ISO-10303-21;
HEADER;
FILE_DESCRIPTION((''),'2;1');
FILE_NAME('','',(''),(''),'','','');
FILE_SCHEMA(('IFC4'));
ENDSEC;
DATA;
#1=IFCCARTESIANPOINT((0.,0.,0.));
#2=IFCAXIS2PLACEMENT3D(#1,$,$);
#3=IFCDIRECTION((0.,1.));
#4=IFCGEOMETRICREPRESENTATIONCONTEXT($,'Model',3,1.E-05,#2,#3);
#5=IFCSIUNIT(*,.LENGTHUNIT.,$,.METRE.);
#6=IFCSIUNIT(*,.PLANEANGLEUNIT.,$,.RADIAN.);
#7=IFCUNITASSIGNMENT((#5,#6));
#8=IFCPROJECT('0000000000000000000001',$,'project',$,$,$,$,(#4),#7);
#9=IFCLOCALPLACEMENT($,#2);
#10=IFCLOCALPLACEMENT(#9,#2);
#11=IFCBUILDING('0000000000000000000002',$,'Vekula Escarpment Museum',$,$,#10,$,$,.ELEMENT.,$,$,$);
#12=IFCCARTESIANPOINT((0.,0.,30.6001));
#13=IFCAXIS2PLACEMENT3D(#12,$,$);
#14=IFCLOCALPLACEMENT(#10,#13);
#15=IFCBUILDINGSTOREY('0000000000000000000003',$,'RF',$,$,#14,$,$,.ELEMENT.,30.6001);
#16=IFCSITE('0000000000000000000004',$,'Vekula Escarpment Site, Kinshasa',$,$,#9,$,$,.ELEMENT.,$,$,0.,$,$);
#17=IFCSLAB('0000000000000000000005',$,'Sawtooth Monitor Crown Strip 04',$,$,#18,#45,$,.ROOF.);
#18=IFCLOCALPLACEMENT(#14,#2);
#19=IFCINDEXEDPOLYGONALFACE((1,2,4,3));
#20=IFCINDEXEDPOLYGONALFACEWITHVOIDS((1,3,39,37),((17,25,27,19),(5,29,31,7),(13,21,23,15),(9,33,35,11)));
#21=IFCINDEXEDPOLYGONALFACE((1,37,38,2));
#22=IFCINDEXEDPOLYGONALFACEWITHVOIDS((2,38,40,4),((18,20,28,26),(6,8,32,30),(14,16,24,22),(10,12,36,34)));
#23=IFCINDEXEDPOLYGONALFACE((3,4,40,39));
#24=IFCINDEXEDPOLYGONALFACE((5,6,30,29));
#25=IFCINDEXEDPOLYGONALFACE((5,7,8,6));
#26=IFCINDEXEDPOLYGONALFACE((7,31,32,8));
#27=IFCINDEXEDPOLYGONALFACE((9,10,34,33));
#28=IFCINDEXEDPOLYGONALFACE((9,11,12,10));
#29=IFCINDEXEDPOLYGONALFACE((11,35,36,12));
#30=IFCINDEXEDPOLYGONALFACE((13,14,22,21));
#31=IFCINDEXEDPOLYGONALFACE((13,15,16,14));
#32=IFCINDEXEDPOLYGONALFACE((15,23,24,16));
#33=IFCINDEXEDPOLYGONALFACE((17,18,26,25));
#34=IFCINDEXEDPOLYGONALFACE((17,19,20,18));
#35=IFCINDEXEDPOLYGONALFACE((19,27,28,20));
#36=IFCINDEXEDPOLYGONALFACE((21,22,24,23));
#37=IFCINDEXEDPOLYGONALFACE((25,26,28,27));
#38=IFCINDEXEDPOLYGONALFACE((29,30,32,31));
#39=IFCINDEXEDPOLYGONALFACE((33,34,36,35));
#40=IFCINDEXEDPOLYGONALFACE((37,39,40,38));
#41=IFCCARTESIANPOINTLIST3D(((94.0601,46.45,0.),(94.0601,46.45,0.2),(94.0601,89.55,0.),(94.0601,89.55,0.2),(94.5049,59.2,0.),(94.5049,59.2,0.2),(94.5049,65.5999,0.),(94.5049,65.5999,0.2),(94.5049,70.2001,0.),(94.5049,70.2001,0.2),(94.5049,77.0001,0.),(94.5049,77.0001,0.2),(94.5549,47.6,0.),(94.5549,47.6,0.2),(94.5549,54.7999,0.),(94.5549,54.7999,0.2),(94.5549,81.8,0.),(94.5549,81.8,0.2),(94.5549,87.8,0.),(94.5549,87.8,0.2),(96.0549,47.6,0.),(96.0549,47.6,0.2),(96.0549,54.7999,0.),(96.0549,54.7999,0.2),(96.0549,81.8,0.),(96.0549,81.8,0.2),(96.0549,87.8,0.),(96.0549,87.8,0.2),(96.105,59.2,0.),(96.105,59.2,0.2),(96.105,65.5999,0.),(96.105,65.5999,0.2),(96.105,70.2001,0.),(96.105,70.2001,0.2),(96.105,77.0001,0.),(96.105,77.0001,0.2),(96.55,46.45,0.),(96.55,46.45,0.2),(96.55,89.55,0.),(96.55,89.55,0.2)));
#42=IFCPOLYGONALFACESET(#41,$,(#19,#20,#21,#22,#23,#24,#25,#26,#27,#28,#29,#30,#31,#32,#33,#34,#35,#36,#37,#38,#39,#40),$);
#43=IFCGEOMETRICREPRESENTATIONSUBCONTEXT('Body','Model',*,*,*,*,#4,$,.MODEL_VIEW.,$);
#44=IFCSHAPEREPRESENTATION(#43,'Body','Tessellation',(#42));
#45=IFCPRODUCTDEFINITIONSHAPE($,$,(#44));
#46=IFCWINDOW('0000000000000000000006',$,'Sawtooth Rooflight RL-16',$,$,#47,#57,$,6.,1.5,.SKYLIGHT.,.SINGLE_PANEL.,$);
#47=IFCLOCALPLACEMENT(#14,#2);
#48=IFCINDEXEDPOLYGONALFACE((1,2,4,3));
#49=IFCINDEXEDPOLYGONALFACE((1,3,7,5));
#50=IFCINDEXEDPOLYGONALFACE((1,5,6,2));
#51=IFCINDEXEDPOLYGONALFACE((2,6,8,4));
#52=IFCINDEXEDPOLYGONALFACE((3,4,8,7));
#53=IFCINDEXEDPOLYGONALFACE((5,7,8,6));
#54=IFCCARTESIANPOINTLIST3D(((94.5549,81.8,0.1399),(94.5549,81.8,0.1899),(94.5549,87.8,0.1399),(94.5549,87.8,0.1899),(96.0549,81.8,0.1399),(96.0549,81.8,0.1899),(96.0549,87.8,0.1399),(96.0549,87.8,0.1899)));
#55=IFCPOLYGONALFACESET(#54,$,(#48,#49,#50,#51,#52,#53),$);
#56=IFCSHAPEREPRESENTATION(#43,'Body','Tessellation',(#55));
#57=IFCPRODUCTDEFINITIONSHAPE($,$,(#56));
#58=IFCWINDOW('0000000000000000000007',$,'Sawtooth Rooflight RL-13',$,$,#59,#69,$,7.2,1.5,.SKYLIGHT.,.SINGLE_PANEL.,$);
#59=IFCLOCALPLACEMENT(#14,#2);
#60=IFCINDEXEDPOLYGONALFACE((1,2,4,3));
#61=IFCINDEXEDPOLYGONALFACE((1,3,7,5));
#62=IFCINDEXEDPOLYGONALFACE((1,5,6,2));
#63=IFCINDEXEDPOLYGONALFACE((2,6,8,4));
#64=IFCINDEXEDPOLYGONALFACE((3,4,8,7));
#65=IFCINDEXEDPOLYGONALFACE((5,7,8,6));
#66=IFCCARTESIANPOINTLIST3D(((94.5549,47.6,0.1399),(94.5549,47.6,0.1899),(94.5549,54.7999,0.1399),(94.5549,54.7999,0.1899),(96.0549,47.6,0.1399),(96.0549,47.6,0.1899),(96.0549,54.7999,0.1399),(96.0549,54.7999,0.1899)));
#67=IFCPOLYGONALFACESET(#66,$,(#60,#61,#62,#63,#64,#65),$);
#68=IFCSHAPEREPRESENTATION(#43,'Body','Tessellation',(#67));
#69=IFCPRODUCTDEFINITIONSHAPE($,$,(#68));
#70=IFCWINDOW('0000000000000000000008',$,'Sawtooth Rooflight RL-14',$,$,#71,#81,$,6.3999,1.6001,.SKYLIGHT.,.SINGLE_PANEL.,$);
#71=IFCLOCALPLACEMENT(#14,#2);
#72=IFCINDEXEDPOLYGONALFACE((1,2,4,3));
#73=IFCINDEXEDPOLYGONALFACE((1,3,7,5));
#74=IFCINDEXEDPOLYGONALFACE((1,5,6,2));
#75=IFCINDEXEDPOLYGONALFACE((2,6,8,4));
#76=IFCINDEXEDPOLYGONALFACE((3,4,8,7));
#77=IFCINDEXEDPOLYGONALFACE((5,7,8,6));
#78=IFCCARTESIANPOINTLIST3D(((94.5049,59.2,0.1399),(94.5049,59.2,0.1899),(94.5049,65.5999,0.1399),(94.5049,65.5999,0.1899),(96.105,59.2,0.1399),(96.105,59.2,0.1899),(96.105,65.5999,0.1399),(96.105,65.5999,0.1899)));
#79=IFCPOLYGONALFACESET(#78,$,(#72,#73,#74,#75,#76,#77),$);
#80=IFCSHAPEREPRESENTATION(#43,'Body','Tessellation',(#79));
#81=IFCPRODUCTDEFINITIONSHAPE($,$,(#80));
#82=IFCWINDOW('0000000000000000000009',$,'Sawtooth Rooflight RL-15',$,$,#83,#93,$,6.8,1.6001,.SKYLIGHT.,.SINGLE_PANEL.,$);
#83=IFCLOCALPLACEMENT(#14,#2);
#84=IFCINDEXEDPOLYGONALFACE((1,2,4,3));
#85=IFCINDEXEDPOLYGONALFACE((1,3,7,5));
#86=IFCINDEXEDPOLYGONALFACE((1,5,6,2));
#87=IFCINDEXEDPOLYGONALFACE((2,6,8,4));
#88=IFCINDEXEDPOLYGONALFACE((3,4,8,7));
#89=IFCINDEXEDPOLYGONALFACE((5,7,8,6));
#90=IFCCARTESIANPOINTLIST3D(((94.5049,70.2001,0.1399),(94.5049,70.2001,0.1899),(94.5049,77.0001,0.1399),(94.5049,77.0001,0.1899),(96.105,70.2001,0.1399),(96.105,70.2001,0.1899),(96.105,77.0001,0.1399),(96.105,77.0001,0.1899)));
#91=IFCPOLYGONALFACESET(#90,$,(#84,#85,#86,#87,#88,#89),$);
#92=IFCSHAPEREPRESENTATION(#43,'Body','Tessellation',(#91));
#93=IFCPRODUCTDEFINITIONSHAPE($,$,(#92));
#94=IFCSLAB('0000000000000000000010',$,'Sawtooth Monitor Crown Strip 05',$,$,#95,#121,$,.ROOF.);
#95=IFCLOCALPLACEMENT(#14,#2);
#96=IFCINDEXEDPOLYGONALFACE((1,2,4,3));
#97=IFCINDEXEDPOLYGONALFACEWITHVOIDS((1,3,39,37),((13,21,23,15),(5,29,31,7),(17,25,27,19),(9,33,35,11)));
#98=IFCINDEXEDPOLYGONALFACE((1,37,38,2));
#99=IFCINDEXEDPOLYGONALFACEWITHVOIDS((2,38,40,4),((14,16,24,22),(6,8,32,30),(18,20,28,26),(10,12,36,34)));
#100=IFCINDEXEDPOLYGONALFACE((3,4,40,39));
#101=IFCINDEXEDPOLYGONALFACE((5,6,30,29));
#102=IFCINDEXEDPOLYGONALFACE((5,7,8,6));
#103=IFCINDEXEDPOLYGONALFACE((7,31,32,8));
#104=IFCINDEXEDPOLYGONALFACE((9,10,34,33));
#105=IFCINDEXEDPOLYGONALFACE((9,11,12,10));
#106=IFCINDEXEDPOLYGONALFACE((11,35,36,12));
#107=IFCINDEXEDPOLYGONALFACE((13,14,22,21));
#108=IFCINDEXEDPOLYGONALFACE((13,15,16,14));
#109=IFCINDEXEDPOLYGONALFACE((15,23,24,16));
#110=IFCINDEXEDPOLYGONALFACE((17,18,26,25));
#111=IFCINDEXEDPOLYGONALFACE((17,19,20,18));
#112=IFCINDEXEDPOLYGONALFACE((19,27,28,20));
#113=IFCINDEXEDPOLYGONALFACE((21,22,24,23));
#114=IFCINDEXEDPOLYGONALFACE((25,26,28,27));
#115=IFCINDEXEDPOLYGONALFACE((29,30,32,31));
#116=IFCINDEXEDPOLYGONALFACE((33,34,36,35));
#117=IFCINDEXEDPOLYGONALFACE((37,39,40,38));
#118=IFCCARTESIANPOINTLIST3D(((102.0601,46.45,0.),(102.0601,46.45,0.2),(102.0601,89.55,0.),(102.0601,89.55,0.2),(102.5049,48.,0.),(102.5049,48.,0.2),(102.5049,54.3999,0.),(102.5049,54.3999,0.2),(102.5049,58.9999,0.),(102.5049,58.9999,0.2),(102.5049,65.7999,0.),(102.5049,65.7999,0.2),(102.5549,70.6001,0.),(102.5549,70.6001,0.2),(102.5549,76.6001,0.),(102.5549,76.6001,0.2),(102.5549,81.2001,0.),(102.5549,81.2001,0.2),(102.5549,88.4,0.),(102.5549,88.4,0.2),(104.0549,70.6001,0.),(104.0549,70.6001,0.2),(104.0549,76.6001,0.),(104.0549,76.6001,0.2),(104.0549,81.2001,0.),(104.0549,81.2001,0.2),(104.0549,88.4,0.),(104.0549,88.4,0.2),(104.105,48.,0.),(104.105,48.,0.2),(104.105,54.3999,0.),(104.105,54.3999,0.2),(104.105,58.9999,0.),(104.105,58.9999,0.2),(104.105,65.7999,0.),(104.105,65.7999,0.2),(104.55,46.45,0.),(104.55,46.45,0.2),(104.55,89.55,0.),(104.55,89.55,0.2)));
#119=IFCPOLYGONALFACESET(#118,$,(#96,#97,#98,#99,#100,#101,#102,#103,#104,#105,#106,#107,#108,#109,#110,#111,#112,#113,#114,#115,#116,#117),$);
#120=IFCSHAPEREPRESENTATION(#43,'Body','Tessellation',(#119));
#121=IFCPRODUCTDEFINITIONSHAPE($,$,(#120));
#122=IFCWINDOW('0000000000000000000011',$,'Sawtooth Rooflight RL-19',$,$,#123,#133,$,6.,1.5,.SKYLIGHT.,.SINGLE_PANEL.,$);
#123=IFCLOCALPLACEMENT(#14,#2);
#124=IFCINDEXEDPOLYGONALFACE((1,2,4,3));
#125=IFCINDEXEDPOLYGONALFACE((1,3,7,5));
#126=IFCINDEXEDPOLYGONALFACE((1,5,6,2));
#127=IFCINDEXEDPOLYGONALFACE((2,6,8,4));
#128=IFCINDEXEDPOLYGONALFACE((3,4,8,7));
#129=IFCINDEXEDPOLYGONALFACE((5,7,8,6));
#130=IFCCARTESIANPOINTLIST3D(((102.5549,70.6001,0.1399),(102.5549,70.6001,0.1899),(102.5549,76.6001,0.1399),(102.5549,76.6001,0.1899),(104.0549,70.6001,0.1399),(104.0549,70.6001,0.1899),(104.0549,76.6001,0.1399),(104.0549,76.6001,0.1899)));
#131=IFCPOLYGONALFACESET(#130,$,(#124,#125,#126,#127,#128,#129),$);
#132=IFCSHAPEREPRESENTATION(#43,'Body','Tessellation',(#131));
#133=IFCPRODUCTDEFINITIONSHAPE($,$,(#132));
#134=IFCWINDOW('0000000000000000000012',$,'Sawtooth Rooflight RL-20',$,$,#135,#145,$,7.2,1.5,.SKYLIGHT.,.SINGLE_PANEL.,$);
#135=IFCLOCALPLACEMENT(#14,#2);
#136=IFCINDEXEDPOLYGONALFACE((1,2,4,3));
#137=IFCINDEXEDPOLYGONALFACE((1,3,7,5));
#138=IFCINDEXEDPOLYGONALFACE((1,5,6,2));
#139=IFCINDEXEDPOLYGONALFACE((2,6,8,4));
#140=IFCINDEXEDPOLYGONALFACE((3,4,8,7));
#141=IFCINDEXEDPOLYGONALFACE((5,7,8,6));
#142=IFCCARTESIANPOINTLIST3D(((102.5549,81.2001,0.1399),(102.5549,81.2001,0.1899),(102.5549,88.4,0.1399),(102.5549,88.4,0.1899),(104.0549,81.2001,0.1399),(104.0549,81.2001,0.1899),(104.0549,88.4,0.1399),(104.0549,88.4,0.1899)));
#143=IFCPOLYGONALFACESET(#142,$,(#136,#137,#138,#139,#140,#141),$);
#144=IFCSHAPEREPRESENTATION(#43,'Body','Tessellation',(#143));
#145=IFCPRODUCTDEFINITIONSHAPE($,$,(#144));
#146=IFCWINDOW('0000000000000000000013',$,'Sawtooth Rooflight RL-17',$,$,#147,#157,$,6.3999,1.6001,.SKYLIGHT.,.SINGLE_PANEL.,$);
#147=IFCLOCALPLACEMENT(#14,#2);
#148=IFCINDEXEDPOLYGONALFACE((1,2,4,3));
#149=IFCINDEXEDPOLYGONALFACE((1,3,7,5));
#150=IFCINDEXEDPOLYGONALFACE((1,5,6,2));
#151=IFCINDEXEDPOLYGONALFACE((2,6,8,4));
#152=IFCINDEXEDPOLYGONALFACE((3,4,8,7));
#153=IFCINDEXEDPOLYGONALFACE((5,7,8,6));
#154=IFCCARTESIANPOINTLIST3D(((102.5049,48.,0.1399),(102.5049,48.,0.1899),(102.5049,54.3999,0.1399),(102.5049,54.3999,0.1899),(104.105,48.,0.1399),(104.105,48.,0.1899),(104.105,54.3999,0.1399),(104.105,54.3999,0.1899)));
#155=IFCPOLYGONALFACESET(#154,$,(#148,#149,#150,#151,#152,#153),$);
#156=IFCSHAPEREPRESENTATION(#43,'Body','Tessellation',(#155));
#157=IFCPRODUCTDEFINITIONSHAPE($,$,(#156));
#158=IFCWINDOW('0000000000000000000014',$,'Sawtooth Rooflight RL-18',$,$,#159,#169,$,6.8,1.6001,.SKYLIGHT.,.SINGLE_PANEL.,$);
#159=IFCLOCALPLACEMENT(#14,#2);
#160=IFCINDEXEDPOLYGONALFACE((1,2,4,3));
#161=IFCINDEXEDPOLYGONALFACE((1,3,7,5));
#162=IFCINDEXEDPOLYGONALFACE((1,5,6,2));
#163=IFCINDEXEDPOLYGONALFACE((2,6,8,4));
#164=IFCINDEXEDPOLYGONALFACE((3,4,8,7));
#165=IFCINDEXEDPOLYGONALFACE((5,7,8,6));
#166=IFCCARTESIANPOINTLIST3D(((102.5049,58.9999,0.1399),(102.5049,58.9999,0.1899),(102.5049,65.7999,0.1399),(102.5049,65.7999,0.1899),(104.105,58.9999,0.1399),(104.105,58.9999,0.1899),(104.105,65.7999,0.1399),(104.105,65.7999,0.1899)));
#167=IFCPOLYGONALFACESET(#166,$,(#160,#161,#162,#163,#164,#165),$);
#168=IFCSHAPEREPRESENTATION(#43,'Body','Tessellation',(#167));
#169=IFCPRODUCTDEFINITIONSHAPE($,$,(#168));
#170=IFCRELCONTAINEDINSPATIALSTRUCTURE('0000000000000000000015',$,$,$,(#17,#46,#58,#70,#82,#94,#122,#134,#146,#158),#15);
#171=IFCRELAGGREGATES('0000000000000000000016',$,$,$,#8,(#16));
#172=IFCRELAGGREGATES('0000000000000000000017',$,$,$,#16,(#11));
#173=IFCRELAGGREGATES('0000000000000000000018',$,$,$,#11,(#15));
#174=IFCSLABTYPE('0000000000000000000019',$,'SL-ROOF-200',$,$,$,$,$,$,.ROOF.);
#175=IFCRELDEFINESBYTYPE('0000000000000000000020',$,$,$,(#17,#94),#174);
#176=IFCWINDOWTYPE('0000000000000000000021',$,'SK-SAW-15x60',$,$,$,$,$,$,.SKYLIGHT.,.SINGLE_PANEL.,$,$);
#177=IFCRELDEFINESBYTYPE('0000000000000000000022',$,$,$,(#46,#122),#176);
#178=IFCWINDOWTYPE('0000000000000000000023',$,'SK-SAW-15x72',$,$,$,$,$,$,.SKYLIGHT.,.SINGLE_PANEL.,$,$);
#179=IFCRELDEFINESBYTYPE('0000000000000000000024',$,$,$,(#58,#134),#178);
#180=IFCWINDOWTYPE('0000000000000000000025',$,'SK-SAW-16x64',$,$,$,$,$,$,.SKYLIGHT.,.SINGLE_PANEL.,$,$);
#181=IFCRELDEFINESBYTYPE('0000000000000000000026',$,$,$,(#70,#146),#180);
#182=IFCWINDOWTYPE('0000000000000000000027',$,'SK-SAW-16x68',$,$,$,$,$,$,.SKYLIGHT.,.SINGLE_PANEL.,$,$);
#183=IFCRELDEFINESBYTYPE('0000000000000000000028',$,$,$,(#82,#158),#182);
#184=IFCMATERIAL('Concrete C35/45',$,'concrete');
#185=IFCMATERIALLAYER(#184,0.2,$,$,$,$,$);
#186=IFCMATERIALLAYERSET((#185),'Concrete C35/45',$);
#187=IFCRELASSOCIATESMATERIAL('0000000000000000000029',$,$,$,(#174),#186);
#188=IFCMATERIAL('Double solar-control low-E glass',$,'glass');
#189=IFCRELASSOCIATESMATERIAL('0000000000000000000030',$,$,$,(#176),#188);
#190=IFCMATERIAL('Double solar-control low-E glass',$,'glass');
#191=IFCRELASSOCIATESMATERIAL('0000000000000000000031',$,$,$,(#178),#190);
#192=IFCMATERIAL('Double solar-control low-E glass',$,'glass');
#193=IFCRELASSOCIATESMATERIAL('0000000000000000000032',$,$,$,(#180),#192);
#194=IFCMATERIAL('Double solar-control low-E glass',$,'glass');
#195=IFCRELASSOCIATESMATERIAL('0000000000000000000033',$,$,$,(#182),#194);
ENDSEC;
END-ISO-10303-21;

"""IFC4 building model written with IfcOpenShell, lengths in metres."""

from ifc_helpers import new_model, si_unit, direction, frame, origin, origin_2d, place, context, subcontext, project, spatial, polyline, rectangle, outline, extrude, material, layer, layer_set, type_object, element, fill, save


model = new_model("IFC4")

# Units and contexts
model_context = context("Model", 3, precision=1e-05, world=origin(), true_north=direction((0.0, 1.0)))
body_context = subcontext(model_context, "Body", "Model", "MODEL_VIEW")
ifc_project = project(units=[si_unit("LENGTHUNIT", "METRE"), si_unit("PLANEANGLEUNIT", "RADIAN")], contexts=[model_context])

# Site, building, storey
site_placement = place(None, origin())
site = spatial("IfcSite", under=ifc_project, at=site_placement, Name="Vekula Escarpment Site, Kinshasa", CompositionType="ELEMENT", RefElevation=0.0)
building_placement = place(site_placement, origin())
building = spatial("IfcBuilding", under=site, at=building_placement, Name="Vekula Escarpment Museum", CompositionType="ELEMENT")
storey_placement = place(building_placement, frame((0.0, 0.0, 30.6001)))
storey = spatial("IfcBuildingStorey", under=building, at=storey_placement, Name="RF", CompositionType="ELEMENT", Elevation=30.6001)

# Slabs, openings, windows
ifc_material_1 = material(Name="Concrete C35/45", Category="concrete")
ifc_layer = layer(ifc_material_1, 0.2)
ifc_layer_set = layer_set([ifc_layer], Name="Concrete C35/45")
slab_type = type_object("IfcSlabType", Name="SL-ROOF-200", PredefinedType="ROOF", material=ifc_layer_set)
slab_1_placement = place(storey_placement, origin())
slab_1 = element("IfcSlab", 1, at=slab_1_placement, inside=storey, type_object=slab_type, Name="Sawtooth Monitor Crown Strip 04", PredefinedType="ROOF", context=body_context, shape_type="SweptSolid", body=[
    extrude(outline(polyline([(94.0601, 46.45), (96.55, 46.45), (96.55, 89.55), (94.0601, 89.55), (94.0601, 46.45)])), origin(), (0.0, 0.0, 1.0), 0.2),
])
opening_1_placement = place(slab_1_placement, frame((95.3049, 51.2, -0.01)))
opening_1 = element("IfcOpeningElement", 2, at=opening_1_placement, cuts=slab_1, PredefinedType="OPENING", context=body_context, shape_type="SweptSolid", body=[
    extrude(rectangle(XDim=1.5, YDim=7.2, at=origin_2d()), origin(), (0.0, 0.0, 1.0), 0.22),
])
opening_2_placement = place(slab_1_placement, frame((95.3049, 62.3999, -0.01)))
opening_2 = element("IfcOpeningElement", 3, at=opening_2_placement, cuts=slab_1, PredefinedType="OPENING", context=body_context, shape_type="SweptSolid", body=[
    extrude(rectangle(XDim=1.6001, YDim=6.3999, at=origin_2d()), origin(), (0.0, 0.0, 1.0), 0.22),
])
opening_3_placement = place(slab_1_placement, frame((95.3049, 73.6001, -0.01)))
opening_3 = element("IfcOpeningElement", 4, at=opening_3_placement, cuts=slab_1, PredefinedType="OPENING", context=body_context, shape_type="SweptSolid", body=[
    extrude(rectangle(XDim=1.6001, YDim=6.8, at=origin_2d()), origin(), (0.0, 0.0, 1.0), 0.22),
])
opening_4_placement = place(slab_1_placement, frame((95.3049, 84.8, -0.01)))
opening_4 = element("IfcOpeningElement", 5, at=opening_4_placement, cuts=slab_1, PredefinedType="OPENING", context=body_context, shape_type="SweptSolid", body=[
    extrude(rectangle(XDim=1.5, YDim=6.0, at=origin_2d()), origin(), (0.0, 0.0, 1.0), 0.22),
])
ifc_material_2 = material(Name="Double solar-control low-E glass", Category="glass")
window_type_1 = type_object("IfcWindowType", Name="SK-SAW-15x60", PartitioningType="SINGLE_PANEL", PredefinedType="SKYLIGHT", material=ifc_material_2)
window_1_placement = place(opening_4_placement, frame((0.0, 0.0, 0.1499)))
window_1 = element("IfcWindow", 6, at=window_1_placement, inside=storey, type_object=window_type_1, Name="Sawtooth Rooflight RL-16", OverallHeight=6.0, OverallWidth=1.5, PartitioningType="SINGLE_PANEL", PredefinedType="SKYLIGHT", context=body_context, shape_type="SweptSolid", body=[
    extrude(rectangle(XDim=1.5, YDim=6.0, at=origin_2d()), origin(), (0.0, 0.0, 1.0), 0.05),
])
fill(opening_4, window_1)
ifc_material_3 = material(Name="Double solar-control low-E glass", Category="glass")
window_type_2 = type_object("IfcWindowType", Name="SK-SAW-15x72", PartitioningType="SINGLE_PANEL", PredefinedType="SKYLIGHT", material=ifc_material_3)
window_2_placement = place(opening_1_placement, frame((0.0, 0.0, 0.1499)))
window_2 = element("IfcWindow", 7, at=window_2_placement, inside=storey, type_object=window_type_2, Name="Sawtooth Rooflight RL-13", OverallHeight=7.2, OverallWidth=1.5, PartitioningType="SINGLE_PANEL", PredefinedType="SKYLIGHT", context=body_context, shape_type="SweptSolid", body=[
    extrude(rectangle(XDim=1.5, YDim=7.2, at=origin_2d()), origin(), (0.0, 0.0, 1.0), 0.05),
])
fill(opening_1, window_2)
ifc_material_4 = material(Name="Double solar-control low-E glass", Category="glass")
window_type_3 = type_object("IfcWindowType", Name="SK-SAW-16x64", PartitioningType="SINGLE_PANEL", PredefinedType="SKYLIGHT", material=ifc_material_4)
window_3_placement = place(opening_2_placement, frame((0.0, 0.0, 0.1499)))
window_3 = element("IfcWindow", 8, at=window_3_placement, inside=storey, type_object=window_type_3, Name="Sawtooth Rooflight RL-14", OverallHeight=6.3999, OverallWidth=1.6001, PartitioningType="SINGLE_PANEL", PredefinedType="SKYLIGHT", context=body_context, shape_type="SweptSolid", body=[
    extrude(rectangle(XDim=1.6001, YDim=6.3999, at=origin_2d()), origin(), (0.0, 0.0, 1.0), 0.05),
])
fill(opening_2, window_3)
ifc_material_5 = material(Name="Double solar-control low-E glass", Category="glass")
window_type_4 = type_object("IfcWindowType", Name="SK-SAW-16x68", PartitioningType="SINGLE_PANEL", PredefinedType="SKYLIGHT", material=ifc_material_5)
window_4_placement = place(opening_3_placement, frame((0.0, 0.0, 0.1499)))
window_4 = element("IfcWindow", 9, at=window_4_placement, inside=storey, type_object=window_type_4, Name="Sawtooth Rooflight RL-15", OverallHeight=6.8, OverallWidth=1.6001, PartitioningType="SINGLE_PANEL", PredefinedType="SKYLIGHT", context=body_context, shape_type="SweptSolid", body=[
    extrude(rectangle(XDim=1.6001, YDim=6.8, at=origin_2d()), origin(), (0.0, 0.0, 1.0), 0.05),
])
fill(opening_3, window_4)
slab_2_placement = place(storey_placement, origin())
slab_2 = element("IfcSlab", 10, at=slab_2_placement, inside=storey, type_object=slab_type, Name="Sawtooth Monitor Crown Strip 05", PredefinedType="ROOF", context=body_context, shape_type="SweptSolid", body=[
    extrude(outline(polyline([(102.0601, 46.45), (104.55, 46.45), (104.55, 89.55), (102.0601, 89.55), (102.0601, 46.45)])), origin(), (0.0, 0.0, 1.0), 0.2),
])
opening_5_placement = place(slab_2_placement, frame((103.3049, 51.2, -0.01)))
opening_5 = element("IfcOpeningElement", 11, at=opening_5_placement, cuts=slab_2, PredefinedType="OPENING", context=body_context, shape_type="SweptSolid", body=[
    extrude(rectangle(XDim=1.6001, YDim=6.3999, at=origin_2d()), origin(), (0.0, 0.0, 1.0), 0.22),
])
opening_6_placement = place(slab_2_placement, frame((103.3049, 62.3999, -0.01)))
opening_6 = element("IfcOpeningElement", 12, at=opening_6_placement, cuts=slab_2, PredefinedType="OPENING", context=body_context, shape_type="SweptSolid", body=[
    extrude(rectangle(XDim=1.6001, YDim=6.8, at=origin_2d()), origin(), (0.0, 0.0, 1.0), 0.22),
])
opening_7_placement = place(slab_2_placement, frame((103.3049, 73.6001, -0.01)))
opening_7 = element("IfcOpeningElement", 13, at=opening_7_placement, cuts=slab_2, PredefinedType="OPENING", context=body_context, shape_type="SweptSolid", body=[
    extrude(rectangle(XDim=1.5, YDim=6.0, at=origin_2d()), origin(), (0.0, 0.0, 1.0), 0.22),
])
opening_8_placement = place(slab_2_placement, frame((103.3049, 84.8, -0.01)))
opening_8 = element("IfcOpeningElement", 14, at=opening_8_placement, cuts=slab_2, PredefinedType="OPENING", context=body_context, shape_type="SweptSolid", body=[
    extrude(rectangle(XDim=1.5, YDim=7.2, at=origin_2d()), origin(), (0.0, 0.0, 1.0), 0.22),
])
window_5_placement = place(opening_7_placement, frame((0.0, 0.0, 0.1499)))
window_5 = element("IfcWindow", 15, at=window_5_placement, inside=storey, type_object=window_type_1, Name="Sawtooth Rooflight RL-19", OverallHeight=6.0, OverallWidth=1.5, PartitioningType="SINGLE_PANEL", PredefinedType="SKYLIGHT", context=body_context, shape_type="SweptSolid", body=[
    extrude(rectangle(XDim=1.5, YDim=6.0, at=origin_2d()), origin(), (0.0, 0.0, 1.0), 0.05),
])
fill(opening_7, window_5)
window_6_placement = place(opening_8_placement, frame((0.0, 0.0, 0.1499)))
window_6 = element("IfcWindow", 16, at=window_6_placement, inside=storey, type_object=window_type_2, Name="Sawtooth Rooflight RL-20", OverallHeight=7.2, OverallWidth=1.5, PartitioningType="SINGLE_PANEL", PredefinedType="SKYLIGHT", context=body_context, shape_type="SweptSolid", body=[
    extrude(rectangle(XDim=1.5, YDim=7.2, at=origin_2d()), origin(), (0.0, 0.0, 1.0), 0.05),
])
fill(opening_8, window_6)
window_7_placement = place(opening_5_placement, frame((0.0, 0.0, 0.1499)))
window_7 = element("IfcWindow", 17, at=window_7_placement, inside=storey, type_object=window_type_3, Name="Sawtooth Rooflight RL-17", OverallHeight=6.3999, OverallWidth=1.6001, PartitioningType="SINGLE_PANEL", PredefinedType="SKYLIGHT", context=body_context, shape_type="SweptSolid", body=[
    extrude(rectangle(XDim=1.6001, YDim=6.3999, at=origin_2d()), origin(), (0.0, 0.0, 1.0), 0.05),
])
fill(opening_5, window_7)
window_8_placement = place(opening_6_placement, frame((0.0, 0.0, 0.1499)))
window_8 = element("IfcWindow", 18, at=window_8_placement, inside=storey, type_object=window_type_4, Name="Sawtooth Rooflight RL-18", OverallHeight=6.8, OverallWidth=1.6001, PartitioningType="SINGLE_PANEL", PredefinedType="SKYLIGHT", context=body_context, shape_type="SweptSolid", body=[
    extrude(rectangle(XDim=1.6001, YDim=6.8, at=origin_2d()), origin(), (0.0, 0.0, 1.0), 0.05),
])
fill(opening_6, window_8)

save(model, "model.ifc")
